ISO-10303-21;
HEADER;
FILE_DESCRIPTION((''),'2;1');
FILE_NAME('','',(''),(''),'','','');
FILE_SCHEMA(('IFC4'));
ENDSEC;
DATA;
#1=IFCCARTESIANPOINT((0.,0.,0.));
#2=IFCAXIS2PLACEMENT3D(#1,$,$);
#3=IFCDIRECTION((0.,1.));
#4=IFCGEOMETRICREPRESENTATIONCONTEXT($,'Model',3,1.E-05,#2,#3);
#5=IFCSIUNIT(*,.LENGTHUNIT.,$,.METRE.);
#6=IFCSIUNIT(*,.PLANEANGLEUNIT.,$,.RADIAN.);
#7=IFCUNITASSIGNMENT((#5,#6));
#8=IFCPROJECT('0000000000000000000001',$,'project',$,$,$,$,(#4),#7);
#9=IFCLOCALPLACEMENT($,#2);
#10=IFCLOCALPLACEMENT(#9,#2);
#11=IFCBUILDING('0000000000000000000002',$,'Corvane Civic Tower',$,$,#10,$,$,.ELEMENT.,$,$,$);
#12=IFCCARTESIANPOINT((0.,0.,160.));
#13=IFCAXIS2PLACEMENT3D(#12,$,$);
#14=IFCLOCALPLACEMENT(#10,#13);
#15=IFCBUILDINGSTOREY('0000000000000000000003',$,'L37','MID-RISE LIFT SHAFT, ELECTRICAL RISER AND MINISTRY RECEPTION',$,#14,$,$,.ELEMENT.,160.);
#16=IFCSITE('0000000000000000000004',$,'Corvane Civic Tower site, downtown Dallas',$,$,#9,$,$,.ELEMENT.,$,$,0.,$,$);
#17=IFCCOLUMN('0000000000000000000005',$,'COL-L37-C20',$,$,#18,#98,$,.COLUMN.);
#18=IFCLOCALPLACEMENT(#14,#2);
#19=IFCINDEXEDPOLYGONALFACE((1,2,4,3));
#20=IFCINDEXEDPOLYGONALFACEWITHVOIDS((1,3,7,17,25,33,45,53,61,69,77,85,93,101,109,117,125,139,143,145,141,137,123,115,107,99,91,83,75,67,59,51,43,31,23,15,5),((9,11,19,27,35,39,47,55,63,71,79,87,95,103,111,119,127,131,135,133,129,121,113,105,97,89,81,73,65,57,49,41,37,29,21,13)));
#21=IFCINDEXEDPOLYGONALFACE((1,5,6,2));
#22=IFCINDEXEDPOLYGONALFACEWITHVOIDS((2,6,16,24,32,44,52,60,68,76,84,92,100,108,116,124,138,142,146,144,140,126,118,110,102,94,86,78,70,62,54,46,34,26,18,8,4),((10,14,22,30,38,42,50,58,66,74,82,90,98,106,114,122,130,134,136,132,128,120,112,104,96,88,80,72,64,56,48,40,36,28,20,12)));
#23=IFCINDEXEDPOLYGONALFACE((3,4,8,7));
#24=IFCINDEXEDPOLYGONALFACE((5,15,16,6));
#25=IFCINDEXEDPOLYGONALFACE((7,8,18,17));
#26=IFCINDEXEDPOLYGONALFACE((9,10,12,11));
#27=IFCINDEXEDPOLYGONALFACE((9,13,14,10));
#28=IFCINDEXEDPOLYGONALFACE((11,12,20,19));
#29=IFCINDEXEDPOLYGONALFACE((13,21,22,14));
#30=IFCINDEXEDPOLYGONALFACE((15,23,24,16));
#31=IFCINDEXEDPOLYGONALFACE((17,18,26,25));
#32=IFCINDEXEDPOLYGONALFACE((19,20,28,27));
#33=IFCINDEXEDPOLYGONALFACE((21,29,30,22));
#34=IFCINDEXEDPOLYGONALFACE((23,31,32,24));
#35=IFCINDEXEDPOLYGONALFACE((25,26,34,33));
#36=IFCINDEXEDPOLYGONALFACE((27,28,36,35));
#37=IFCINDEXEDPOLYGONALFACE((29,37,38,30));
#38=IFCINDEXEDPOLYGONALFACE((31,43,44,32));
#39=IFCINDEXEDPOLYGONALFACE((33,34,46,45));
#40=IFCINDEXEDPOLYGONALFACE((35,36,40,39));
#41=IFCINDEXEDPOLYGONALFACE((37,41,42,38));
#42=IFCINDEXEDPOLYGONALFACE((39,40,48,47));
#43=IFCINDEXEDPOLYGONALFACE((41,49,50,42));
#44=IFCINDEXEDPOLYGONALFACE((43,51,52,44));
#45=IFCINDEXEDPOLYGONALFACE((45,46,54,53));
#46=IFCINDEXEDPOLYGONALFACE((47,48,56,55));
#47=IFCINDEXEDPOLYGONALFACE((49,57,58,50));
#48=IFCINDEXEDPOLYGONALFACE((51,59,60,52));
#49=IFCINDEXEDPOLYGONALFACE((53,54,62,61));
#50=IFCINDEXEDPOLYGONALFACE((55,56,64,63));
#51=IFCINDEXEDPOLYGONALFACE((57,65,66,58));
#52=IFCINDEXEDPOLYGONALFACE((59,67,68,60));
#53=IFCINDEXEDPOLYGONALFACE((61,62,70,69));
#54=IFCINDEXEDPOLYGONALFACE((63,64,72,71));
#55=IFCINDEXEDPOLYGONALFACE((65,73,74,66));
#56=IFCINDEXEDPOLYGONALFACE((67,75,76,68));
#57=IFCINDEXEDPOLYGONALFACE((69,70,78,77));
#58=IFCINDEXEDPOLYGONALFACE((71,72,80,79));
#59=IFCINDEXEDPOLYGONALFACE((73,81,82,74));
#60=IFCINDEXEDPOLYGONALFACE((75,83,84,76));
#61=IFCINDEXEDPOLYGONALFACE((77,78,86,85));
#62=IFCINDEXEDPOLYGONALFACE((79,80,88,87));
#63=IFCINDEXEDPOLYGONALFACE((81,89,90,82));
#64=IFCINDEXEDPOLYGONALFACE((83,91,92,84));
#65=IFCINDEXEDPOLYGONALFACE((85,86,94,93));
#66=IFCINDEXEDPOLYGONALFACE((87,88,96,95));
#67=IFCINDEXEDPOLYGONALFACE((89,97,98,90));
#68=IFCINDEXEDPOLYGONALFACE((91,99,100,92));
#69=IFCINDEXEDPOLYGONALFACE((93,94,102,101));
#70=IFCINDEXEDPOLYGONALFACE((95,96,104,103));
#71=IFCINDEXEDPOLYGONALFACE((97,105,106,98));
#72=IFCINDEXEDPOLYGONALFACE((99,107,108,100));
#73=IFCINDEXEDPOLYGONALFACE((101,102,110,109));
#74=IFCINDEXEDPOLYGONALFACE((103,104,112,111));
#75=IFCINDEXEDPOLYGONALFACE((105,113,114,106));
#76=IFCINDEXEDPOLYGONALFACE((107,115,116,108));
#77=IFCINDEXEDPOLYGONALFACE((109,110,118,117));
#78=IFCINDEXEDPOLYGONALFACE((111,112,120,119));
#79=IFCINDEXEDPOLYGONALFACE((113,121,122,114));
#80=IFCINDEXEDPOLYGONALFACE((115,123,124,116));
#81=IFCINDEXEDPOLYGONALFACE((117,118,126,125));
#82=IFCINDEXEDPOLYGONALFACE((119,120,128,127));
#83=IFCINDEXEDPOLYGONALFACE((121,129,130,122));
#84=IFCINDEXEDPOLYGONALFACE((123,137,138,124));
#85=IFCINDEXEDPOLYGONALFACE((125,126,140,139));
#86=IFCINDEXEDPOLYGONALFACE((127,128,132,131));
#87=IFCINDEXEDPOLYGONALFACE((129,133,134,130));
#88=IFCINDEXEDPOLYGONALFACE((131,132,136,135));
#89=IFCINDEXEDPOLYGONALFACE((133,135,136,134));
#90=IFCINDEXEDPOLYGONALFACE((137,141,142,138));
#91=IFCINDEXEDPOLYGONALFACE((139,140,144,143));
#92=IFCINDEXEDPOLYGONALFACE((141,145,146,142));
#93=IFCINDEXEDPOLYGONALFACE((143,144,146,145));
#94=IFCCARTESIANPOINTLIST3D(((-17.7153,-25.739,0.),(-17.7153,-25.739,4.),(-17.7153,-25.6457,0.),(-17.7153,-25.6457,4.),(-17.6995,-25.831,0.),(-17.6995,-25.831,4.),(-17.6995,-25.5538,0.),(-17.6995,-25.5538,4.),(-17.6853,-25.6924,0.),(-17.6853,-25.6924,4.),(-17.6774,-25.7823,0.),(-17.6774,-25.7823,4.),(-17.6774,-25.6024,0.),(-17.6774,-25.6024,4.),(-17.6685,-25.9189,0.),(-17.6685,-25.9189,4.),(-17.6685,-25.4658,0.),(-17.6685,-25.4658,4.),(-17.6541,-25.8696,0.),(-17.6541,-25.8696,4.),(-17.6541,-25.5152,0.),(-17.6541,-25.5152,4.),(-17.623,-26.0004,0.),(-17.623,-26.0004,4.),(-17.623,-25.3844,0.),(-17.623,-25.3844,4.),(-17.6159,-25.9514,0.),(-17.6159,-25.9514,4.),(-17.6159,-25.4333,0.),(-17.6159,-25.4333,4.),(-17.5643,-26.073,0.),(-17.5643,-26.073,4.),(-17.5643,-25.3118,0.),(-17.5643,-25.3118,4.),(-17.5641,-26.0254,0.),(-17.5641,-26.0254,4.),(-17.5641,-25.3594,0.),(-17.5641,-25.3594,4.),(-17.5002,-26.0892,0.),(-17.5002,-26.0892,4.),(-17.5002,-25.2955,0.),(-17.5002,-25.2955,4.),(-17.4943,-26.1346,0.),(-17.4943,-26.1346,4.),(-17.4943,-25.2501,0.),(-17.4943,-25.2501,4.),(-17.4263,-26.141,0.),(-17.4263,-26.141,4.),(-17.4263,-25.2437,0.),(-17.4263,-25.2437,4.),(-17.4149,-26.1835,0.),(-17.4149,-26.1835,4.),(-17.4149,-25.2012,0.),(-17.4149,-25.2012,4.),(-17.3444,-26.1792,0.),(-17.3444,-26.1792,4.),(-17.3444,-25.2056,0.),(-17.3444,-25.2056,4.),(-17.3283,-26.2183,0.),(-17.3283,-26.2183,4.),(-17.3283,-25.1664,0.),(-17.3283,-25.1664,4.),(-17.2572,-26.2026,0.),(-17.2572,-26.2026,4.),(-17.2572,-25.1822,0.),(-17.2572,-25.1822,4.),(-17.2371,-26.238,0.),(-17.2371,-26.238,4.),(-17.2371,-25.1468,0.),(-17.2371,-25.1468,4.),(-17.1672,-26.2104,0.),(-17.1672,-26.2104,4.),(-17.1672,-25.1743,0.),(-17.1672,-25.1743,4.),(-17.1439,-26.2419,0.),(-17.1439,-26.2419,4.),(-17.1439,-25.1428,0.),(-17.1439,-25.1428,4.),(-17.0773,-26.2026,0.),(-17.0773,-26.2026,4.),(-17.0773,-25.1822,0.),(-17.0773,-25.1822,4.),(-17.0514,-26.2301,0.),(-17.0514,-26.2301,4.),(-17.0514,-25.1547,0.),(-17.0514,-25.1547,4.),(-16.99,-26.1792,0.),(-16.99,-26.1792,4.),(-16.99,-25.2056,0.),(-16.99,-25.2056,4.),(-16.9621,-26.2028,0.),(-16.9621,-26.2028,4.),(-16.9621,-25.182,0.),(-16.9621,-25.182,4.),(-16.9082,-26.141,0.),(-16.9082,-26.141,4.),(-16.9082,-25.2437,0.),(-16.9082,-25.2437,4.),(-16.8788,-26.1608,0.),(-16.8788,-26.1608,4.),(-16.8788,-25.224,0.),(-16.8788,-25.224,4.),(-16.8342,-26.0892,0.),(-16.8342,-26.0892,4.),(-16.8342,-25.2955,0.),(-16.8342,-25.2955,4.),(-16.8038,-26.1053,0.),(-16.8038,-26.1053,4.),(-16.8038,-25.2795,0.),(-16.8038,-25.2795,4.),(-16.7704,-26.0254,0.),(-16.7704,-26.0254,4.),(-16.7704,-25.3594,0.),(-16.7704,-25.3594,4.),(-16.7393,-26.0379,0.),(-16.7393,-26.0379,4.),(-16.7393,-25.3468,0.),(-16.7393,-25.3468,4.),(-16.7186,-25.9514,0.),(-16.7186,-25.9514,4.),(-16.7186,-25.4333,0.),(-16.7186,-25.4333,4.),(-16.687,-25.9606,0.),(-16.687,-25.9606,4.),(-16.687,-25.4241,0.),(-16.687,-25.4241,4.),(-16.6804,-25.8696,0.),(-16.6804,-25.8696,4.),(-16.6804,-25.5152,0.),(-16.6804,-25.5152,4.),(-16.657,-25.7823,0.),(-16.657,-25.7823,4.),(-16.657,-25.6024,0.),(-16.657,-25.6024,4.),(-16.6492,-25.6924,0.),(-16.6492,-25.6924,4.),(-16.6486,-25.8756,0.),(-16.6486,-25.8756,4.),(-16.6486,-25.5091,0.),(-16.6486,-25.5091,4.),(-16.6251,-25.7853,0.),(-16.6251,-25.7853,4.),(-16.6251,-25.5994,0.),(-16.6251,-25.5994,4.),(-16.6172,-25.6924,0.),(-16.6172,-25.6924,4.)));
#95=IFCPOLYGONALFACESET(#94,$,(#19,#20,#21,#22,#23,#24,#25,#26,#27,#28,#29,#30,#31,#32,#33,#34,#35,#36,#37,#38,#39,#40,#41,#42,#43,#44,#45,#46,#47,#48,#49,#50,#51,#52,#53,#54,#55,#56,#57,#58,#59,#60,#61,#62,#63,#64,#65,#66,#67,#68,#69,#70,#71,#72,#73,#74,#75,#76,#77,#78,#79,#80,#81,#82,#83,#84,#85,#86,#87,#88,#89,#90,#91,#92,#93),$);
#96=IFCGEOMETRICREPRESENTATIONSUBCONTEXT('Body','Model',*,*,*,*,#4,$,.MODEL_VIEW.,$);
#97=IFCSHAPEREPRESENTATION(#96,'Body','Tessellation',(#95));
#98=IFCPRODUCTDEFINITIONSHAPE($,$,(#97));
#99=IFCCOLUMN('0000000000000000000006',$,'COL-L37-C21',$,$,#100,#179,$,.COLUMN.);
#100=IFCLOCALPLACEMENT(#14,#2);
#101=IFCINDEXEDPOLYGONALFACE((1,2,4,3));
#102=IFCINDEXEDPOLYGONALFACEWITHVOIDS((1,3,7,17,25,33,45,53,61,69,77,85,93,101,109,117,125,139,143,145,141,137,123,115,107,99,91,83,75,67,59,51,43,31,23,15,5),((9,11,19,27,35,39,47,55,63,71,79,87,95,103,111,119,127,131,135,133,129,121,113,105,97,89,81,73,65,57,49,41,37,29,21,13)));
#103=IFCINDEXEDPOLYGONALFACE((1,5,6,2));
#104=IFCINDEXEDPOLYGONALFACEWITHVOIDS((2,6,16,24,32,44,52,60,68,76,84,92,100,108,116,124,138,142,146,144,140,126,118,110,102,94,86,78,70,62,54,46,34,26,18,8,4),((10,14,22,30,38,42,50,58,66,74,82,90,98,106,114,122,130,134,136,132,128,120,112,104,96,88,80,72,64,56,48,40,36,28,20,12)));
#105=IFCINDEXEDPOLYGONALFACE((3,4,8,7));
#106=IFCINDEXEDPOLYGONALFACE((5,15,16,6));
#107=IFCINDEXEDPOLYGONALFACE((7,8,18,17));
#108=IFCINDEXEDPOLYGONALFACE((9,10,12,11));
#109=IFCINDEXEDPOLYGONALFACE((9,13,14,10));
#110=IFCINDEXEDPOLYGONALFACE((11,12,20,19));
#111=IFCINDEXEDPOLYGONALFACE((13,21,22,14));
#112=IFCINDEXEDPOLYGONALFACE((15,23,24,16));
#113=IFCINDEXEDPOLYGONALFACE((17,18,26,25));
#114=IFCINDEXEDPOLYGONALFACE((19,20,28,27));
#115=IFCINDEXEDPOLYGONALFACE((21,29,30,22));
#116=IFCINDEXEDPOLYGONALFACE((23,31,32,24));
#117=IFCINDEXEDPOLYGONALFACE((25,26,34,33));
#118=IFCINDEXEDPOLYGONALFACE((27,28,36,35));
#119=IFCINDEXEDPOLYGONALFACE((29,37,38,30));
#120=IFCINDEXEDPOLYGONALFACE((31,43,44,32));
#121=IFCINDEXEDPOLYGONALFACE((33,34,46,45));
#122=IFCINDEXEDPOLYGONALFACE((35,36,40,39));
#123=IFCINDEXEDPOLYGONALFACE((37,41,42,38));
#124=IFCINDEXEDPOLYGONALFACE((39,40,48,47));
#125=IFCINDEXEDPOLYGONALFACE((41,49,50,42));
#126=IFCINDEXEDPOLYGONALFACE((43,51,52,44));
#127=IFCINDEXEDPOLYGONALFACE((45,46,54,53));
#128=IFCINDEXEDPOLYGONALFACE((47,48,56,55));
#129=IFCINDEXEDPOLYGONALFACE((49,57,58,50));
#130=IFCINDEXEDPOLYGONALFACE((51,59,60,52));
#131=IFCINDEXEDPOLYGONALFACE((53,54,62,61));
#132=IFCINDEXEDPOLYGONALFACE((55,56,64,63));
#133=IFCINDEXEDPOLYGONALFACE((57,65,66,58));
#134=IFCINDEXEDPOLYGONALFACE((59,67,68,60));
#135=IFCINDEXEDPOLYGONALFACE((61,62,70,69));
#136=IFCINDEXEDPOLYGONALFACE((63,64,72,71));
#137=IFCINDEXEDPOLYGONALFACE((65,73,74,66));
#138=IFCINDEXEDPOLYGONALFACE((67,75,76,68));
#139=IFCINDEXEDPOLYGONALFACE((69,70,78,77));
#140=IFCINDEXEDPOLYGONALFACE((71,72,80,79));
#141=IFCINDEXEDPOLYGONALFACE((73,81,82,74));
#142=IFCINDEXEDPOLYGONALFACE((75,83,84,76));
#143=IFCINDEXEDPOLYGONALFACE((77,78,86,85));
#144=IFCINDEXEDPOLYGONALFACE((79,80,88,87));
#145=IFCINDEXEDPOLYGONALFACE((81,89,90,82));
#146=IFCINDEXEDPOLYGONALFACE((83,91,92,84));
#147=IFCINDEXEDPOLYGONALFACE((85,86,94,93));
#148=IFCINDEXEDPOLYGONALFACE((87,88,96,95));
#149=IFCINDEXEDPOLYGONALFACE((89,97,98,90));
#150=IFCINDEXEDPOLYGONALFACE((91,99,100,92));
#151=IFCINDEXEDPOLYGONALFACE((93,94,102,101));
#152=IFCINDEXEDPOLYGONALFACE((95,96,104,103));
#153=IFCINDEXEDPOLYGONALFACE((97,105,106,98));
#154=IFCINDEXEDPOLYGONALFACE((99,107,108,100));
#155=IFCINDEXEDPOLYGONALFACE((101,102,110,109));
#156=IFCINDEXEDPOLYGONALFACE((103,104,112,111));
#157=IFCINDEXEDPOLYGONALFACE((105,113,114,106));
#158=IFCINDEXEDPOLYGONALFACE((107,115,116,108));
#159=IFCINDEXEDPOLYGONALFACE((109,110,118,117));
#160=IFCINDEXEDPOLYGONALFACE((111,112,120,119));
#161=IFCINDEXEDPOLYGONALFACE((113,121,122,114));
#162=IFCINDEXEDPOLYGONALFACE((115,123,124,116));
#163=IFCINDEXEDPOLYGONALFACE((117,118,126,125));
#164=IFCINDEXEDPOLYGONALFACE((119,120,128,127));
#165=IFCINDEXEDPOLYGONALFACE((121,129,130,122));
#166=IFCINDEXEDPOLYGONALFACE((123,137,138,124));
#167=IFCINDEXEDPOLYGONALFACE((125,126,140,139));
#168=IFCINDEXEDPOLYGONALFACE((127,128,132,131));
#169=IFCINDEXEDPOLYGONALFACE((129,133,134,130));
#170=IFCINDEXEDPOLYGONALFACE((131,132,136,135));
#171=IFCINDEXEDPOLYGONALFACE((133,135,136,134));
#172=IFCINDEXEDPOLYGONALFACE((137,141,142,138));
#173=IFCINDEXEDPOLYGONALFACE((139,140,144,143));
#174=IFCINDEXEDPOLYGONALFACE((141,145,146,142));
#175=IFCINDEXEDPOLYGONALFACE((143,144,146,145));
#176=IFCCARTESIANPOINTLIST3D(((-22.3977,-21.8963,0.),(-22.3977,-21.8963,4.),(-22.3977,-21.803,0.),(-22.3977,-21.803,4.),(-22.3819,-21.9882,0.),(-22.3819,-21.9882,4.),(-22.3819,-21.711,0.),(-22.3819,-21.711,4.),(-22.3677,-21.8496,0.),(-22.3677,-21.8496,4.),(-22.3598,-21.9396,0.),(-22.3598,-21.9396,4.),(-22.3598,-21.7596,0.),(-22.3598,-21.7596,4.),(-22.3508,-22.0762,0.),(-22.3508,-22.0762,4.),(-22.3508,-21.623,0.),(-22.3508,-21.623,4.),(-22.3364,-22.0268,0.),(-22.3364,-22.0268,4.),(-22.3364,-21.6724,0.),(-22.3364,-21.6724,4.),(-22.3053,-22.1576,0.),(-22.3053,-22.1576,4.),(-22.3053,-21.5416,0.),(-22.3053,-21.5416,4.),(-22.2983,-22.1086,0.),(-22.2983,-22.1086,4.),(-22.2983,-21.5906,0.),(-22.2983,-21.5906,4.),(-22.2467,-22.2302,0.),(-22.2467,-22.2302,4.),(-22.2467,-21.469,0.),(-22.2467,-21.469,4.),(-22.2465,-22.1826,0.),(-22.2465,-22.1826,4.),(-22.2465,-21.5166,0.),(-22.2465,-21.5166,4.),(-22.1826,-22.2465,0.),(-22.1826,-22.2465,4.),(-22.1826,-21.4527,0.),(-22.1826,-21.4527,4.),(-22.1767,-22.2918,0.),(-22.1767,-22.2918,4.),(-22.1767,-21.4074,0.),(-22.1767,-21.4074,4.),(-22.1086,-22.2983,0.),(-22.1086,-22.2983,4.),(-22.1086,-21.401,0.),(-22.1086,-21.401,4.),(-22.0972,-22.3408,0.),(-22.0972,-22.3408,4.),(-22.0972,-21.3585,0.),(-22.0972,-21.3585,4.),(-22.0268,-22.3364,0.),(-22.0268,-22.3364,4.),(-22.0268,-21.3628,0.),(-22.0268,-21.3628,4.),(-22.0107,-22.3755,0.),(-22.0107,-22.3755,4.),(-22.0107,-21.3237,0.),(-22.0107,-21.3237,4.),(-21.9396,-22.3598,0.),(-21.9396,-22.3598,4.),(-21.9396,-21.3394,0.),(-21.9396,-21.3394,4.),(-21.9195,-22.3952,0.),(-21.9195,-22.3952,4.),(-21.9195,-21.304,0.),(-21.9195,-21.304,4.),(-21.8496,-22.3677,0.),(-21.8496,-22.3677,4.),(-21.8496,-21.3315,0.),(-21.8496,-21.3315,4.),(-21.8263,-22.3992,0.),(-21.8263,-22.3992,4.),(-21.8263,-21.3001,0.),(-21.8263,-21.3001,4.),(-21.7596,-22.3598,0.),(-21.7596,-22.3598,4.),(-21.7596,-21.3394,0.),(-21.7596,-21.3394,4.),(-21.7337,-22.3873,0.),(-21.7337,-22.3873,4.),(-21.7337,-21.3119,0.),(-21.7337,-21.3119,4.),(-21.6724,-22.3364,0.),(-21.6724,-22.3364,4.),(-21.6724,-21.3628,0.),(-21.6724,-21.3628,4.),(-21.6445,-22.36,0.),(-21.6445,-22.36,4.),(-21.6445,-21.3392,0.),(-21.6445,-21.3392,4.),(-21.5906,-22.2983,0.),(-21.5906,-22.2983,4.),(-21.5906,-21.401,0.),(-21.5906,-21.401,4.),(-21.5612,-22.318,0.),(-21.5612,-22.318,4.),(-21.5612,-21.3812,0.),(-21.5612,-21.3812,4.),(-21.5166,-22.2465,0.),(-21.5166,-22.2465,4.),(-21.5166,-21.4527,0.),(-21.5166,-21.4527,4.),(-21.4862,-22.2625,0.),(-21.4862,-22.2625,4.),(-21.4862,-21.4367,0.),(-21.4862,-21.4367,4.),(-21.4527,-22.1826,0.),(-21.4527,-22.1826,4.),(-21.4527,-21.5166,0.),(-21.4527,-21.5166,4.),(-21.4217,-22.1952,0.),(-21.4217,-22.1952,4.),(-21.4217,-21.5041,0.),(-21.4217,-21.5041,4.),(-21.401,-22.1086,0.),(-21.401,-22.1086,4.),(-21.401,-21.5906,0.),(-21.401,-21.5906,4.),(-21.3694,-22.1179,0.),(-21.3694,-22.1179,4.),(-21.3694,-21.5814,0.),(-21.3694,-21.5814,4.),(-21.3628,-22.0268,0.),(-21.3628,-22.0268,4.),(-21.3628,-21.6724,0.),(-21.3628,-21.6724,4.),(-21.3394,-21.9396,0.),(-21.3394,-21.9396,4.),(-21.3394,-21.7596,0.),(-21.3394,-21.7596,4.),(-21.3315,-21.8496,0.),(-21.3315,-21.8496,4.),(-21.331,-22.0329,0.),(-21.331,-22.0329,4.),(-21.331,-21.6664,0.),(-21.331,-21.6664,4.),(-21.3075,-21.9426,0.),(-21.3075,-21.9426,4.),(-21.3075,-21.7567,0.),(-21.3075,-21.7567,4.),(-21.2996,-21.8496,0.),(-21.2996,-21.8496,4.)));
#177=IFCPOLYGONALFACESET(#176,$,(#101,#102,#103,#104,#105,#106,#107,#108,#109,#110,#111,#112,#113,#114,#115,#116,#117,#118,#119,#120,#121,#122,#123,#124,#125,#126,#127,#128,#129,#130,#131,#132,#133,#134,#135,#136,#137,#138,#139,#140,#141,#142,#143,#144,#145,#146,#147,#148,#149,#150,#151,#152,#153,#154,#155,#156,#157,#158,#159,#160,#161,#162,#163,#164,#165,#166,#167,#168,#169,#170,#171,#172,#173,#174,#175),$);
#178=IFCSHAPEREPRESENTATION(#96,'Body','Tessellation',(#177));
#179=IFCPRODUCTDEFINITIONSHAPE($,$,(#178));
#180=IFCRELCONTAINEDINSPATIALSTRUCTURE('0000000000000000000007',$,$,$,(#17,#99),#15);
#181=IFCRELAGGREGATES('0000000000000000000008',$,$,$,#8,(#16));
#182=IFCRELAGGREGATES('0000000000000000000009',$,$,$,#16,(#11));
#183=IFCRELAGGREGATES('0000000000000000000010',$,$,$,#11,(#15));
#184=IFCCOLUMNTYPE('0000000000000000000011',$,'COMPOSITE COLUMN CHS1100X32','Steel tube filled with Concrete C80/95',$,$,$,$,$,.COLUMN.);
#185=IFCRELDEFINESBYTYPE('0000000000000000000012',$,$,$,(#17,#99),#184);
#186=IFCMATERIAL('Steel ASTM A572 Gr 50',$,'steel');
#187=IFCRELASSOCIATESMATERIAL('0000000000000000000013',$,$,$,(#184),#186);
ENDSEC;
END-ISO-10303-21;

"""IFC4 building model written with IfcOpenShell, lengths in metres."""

from ifc_helpers import new_model, si_unit, direction, frame, origin, origin_2d, place, context, subcontext, project, spatial, hollow_circle, extrude, material, material_profile, profile_set, type_object, element, save


model = new_model("IFC4")

# Units and contexts
model_context = context("Model", 3, precision=1e-05, world=origin(), true_north=direction((0.0, 1.0)))
body_context = subcontext(model_context, "Body", "Model", "MODEL_VIEW")
ifc_project = project(units=[si_unit("LENGTHUNIT", "METRE"), si_unit("PLANEANGLEUNIT", "RADIAN")], contexts=[model_context])

# Site, building, storey
site_placement = place(None, origin())
site = spatial("IfcSite", under=ifc_project, at=site_placement, Name="Corvane Civic Tower site, downtown Dallas", CompositionType="ELEMENT", RefElevation=0.0)
building_placement = place(site_placement, origin())
building = spatial("IfcBuilding", under=site, at=building_placement, Name="Corvane Civic Tower", CompositionType="ELEMENT")
storey_placement = place(building_placement, frame((0.0, 0.0, 160.0)))
storey = spatial("IfcBuildingStorey", under=building, at=storey_placement, Name="L37", Description="MID-RISE LIFT SHAFT, ELECTRICAL RISER AND MINISTRY RECEPTION", CompositionType="ELEMENT", Elevation=160.0)

# Columns
ifc_material_1 = material(Name="Steel ASTM A572 Gr 50", Category="steel")
ifc_material_profile_1 = material_profile(ifc_material_1, hollow_circle(Radius=0.55, WallThickness=0.032, at=origin_2d()), Name="CHS1100X32")
ifc_profile_set_1 = profile_set([ifc_material_profile_1], Name="Steel ASTM A572 Gr 50")
column_type = type_object("IfcColumnType", Name="COMPOSITE COLUMN CHS1100X32", Description="Steel tube filled with Concrete C80/95", PredefinedType="COLUMN", material=ifc_profile_set_1)
for number, where, z_axis, x_axis, name in (
    (1, (-17.1672, -25.6924, 0.0), (0.0, 0.0, 1.0), (1.0, 0.0, 0.0), "COL-L37-C20"),
    (2, (-21.8496, -21.8496, 0.0), (0.0, 0.0, 1.0), (1.0, 0.0, 0.0), "COL-L37-C21"),
):
    element("IfcColumn", number, at=place(storey_placement, frame(where, z_axis=z_axis, x_axis=x_axis)), inside=storey, type_object=column_type, Name=name, PredefinedType="COLUMN", context=body_context, shape_type="SweptSolid", body=[
        extrude(hollow_circle(Radius=0.55, WallThickness=0.032, at=origin_2d()), origin(), (0.0, 0.0, 1.0), 4.0),
    ])

save(model, "model.ifc")
